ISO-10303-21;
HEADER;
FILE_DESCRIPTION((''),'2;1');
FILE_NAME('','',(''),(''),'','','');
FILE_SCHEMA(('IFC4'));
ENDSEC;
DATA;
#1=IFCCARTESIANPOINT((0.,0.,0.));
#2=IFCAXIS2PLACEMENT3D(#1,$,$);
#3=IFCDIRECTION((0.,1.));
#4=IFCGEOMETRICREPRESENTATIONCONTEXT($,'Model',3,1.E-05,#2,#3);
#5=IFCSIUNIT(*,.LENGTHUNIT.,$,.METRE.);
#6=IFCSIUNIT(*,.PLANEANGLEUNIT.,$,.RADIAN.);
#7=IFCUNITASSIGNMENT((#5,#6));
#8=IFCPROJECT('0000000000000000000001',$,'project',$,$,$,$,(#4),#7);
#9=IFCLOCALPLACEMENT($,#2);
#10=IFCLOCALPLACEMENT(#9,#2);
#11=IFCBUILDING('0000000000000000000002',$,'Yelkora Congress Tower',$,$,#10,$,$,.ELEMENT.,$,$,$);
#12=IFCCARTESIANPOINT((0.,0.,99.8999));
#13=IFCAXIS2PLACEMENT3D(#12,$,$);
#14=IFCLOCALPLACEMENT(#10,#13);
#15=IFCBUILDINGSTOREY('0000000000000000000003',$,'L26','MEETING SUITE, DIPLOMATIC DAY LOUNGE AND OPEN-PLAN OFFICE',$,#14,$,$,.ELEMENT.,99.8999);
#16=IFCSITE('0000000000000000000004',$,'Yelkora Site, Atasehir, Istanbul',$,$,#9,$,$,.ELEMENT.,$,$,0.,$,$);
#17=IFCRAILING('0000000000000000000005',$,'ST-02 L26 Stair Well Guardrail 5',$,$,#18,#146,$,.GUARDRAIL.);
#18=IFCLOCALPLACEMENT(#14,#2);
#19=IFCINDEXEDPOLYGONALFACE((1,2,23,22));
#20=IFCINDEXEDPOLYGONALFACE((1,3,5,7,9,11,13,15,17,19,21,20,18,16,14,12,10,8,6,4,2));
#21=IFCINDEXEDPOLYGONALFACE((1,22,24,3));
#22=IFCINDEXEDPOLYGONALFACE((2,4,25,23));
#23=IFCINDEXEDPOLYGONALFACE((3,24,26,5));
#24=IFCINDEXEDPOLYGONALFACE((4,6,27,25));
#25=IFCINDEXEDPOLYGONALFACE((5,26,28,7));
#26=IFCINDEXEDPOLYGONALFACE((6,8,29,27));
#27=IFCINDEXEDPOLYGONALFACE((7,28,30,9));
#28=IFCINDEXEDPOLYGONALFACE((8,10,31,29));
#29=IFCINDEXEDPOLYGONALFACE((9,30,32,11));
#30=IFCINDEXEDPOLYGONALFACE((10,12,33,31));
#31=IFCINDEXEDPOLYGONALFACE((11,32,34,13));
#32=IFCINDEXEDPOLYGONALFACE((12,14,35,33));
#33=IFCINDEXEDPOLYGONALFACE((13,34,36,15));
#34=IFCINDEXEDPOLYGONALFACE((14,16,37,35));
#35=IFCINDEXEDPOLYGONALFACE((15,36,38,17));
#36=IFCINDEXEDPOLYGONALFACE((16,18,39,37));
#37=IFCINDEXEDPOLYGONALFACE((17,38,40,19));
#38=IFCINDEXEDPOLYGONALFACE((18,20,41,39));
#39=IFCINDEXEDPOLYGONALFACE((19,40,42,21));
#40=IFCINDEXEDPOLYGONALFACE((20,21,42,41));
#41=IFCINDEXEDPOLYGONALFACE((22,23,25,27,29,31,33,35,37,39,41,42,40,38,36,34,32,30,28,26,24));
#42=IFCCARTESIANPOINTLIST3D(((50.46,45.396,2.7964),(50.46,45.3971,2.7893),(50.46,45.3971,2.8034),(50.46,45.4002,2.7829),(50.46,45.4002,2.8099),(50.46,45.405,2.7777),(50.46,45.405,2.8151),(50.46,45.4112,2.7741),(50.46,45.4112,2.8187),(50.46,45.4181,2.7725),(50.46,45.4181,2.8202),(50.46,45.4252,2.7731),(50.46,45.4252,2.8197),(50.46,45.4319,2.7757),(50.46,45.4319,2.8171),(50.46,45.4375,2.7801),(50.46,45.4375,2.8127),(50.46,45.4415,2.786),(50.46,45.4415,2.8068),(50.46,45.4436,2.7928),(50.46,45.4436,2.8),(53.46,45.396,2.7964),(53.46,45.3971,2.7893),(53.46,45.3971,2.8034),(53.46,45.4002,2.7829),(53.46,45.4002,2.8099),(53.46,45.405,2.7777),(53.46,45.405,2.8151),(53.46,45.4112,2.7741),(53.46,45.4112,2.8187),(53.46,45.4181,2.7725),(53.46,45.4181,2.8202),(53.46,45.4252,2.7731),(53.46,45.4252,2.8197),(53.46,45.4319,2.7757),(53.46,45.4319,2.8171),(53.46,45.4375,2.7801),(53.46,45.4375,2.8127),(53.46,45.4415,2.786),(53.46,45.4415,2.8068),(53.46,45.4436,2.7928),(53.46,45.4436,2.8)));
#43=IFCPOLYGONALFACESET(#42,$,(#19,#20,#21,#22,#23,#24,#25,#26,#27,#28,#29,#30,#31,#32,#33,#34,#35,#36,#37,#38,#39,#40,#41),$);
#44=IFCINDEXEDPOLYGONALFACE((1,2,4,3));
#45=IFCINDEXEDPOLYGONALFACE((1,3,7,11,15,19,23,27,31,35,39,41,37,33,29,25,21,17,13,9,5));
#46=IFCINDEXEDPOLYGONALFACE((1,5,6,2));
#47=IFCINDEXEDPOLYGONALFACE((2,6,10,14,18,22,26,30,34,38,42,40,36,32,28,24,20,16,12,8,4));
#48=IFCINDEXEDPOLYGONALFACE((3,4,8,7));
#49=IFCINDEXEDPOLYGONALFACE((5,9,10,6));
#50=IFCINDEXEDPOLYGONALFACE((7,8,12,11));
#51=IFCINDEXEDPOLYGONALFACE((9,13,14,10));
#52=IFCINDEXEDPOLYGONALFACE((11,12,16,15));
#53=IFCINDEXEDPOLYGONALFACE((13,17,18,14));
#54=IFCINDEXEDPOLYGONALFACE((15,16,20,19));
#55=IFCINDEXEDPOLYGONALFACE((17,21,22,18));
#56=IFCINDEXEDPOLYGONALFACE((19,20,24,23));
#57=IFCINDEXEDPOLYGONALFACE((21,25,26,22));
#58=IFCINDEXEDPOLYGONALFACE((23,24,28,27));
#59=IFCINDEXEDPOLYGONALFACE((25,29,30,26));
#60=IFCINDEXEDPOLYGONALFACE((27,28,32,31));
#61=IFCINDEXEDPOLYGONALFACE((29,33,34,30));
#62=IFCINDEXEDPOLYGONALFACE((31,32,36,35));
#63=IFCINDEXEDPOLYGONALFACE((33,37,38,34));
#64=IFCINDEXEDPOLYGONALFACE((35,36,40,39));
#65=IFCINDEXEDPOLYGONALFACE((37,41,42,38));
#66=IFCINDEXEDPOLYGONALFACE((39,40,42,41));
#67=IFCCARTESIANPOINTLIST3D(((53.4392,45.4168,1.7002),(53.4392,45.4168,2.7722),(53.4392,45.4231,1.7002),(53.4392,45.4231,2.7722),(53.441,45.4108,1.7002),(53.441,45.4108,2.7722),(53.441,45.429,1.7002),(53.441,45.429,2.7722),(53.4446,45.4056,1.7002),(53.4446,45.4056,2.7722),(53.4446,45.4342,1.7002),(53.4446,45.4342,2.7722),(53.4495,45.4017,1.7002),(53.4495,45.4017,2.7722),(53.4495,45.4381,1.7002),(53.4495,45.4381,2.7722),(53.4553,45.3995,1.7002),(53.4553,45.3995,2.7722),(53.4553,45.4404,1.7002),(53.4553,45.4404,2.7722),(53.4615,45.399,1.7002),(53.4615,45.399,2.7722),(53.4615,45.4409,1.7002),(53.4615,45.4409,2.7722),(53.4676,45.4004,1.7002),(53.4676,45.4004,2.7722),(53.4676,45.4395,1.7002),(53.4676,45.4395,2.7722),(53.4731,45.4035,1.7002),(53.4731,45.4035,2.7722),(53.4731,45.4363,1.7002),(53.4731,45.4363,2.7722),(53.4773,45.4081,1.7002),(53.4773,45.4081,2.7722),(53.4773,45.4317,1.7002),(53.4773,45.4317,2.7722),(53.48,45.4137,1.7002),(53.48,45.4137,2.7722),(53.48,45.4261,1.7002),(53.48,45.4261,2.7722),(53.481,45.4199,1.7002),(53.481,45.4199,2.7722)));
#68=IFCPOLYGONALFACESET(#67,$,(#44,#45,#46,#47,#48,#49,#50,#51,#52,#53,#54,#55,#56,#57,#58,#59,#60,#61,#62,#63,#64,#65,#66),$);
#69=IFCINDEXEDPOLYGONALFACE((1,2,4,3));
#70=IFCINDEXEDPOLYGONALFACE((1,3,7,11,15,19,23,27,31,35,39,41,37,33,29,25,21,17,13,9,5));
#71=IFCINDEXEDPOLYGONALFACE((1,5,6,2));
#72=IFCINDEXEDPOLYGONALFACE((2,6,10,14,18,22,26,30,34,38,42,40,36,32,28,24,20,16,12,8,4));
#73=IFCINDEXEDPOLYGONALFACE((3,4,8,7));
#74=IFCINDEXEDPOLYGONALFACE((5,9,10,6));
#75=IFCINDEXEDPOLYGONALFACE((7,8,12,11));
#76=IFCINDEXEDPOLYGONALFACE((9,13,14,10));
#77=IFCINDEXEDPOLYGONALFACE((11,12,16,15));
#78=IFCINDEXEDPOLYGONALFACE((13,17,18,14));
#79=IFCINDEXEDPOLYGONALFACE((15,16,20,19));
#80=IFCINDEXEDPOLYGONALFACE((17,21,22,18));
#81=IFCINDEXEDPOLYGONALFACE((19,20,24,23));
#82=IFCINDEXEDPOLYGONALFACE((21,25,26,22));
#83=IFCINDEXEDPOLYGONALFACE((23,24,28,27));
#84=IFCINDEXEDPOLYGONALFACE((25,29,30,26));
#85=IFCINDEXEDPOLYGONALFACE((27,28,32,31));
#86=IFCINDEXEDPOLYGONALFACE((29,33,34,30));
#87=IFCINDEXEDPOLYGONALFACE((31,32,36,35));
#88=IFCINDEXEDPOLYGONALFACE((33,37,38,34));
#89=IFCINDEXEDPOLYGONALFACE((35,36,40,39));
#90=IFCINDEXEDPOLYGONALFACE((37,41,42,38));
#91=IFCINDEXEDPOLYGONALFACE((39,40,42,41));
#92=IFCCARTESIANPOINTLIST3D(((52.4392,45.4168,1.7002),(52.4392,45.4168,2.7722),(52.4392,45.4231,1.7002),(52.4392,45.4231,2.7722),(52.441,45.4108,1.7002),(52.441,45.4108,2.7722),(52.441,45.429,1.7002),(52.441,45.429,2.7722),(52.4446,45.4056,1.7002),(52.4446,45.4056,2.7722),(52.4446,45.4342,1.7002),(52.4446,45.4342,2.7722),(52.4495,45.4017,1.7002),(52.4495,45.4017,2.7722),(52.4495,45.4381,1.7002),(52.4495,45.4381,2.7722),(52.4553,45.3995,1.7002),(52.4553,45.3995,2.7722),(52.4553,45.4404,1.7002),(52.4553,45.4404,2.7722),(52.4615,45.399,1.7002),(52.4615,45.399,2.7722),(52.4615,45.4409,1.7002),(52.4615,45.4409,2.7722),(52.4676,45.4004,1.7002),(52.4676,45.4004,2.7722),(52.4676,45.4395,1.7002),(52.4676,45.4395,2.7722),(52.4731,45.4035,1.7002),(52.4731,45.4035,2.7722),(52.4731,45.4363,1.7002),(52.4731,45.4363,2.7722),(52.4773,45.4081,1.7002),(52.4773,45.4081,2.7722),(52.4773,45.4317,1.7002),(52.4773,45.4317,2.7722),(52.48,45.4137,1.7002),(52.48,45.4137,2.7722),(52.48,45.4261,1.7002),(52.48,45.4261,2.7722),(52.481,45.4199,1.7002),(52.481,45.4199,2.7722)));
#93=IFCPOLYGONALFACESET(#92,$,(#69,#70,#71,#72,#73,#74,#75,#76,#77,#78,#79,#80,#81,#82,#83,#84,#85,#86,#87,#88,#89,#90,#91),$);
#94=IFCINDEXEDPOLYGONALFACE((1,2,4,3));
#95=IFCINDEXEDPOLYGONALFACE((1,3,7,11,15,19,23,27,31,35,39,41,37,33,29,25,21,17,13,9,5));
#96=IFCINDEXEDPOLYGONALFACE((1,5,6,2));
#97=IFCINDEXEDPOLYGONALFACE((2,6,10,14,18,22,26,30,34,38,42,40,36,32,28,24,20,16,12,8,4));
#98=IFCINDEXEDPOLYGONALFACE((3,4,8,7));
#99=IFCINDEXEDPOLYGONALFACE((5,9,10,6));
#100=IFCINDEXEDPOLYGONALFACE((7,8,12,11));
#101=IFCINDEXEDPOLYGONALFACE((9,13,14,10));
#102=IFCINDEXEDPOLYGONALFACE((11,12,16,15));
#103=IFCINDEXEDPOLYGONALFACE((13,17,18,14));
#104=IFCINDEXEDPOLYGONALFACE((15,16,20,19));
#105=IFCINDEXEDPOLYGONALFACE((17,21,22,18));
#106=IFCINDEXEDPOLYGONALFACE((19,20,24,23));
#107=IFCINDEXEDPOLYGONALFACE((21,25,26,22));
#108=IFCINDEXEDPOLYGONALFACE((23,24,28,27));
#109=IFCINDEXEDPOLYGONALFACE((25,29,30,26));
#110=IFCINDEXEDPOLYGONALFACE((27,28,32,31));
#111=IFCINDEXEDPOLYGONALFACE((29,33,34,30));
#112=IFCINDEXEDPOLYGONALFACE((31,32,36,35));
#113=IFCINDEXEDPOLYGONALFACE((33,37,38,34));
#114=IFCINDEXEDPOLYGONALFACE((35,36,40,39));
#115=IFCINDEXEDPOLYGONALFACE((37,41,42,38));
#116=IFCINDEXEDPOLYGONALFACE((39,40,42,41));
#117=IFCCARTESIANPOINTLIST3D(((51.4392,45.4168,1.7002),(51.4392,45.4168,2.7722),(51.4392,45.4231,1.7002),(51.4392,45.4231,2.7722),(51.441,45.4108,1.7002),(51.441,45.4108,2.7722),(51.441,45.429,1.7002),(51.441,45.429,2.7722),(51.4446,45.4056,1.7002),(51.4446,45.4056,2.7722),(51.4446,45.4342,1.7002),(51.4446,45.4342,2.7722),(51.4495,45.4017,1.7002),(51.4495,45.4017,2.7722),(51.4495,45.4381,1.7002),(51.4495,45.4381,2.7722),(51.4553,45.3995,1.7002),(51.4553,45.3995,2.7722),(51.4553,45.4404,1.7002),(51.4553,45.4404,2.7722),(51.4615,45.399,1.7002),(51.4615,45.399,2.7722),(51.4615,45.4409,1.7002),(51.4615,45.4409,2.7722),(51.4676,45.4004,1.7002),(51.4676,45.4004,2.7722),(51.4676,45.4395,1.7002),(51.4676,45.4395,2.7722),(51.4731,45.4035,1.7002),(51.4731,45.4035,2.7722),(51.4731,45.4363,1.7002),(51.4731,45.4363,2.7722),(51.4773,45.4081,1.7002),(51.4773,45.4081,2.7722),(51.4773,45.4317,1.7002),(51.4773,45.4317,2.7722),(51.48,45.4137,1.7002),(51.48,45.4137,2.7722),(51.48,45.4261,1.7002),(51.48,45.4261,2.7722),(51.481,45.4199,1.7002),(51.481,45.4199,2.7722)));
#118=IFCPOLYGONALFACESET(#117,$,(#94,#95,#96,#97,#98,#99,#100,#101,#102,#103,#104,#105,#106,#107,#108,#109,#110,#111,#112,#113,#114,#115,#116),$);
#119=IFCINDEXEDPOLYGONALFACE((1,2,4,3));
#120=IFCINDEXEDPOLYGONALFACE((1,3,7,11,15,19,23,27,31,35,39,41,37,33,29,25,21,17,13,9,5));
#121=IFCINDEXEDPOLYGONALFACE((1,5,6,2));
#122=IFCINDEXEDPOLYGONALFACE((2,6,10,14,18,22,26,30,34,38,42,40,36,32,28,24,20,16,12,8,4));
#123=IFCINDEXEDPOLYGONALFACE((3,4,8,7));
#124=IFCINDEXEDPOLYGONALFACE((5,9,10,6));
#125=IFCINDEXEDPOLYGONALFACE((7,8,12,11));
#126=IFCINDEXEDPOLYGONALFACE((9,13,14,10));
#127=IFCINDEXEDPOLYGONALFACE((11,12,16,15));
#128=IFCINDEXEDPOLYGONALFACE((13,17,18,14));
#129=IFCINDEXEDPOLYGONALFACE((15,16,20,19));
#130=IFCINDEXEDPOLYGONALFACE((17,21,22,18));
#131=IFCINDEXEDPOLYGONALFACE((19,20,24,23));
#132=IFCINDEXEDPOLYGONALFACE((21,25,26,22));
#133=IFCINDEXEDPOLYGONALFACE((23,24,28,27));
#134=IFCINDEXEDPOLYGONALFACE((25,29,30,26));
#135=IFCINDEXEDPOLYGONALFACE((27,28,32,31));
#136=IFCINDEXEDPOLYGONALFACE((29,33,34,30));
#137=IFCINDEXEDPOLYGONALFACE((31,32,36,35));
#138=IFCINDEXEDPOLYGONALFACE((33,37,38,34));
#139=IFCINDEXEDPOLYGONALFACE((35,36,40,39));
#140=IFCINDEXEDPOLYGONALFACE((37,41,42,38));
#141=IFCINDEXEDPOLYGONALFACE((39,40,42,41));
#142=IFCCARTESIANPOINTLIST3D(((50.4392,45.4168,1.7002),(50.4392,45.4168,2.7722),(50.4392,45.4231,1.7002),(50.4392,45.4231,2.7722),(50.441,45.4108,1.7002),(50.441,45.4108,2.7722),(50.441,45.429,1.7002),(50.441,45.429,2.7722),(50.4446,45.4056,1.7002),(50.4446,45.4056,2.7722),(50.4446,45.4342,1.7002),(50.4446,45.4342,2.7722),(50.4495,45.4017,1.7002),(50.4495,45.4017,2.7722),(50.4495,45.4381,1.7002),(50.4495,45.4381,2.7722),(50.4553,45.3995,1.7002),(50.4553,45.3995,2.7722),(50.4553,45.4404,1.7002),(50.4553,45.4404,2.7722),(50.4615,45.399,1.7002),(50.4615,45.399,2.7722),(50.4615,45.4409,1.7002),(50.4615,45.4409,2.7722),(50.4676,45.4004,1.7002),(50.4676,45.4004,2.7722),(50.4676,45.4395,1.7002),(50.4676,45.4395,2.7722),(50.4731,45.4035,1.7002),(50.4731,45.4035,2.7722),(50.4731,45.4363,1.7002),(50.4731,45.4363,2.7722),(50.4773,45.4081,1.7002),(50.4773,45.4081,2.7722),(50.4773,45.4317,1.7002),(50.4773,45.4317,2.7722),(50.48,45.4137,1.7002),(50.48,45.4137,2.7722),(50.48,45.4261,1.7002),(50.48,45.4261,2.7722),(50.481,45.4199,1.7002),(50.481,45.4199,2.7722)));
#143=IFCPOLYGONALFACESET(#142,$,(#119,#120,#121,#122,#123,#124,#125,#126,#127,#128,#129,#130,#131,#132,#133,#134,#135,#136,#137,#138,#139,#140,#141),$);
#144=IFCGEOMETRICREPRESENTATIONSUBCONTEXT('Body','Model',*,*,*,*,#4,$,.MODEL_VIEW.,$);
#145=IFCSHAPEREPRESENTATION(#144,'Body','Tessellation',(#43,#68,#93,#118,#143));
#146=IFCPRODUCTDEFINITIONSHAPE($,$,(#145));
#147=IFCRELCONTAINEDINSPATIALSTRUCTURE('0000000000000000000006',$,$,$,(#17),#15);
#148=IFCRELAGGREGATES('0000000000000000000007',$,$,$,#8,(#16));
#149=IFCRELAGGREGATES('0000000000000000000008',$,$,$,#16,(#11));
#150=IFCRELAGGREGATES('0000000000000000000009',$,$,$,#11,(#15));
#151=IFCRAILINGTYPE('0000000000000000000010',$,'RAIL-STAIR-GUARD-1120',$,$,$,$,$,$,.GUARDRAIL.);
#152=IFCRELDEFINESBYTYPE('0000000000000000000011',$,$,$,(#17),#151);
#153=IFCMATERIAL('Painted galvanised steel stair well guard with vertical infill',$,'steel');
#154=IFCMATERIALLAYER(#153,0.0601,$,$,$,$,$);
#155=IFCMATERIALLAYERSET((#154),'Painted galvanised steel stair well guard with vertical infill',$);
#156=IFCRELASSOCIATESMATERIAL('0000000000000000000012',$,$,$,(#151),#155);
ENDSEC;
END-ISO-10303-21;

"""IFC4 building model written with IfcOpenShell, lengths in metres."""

from ifc_helpers import new_model, si_unit, direction, frame, origin, origin_2d, place, context, subcontext, project, spatial, circle, extrude, material, layer, layer_set, type_object, element, save


model = new_model("IFC4")

# Units and contexts
model_context = context("Model", 3, precision=1e-05, world=origin(), true_north=direction((0.0, 1.0)))
body_context = subcontext(model_context, "Body", "Model", "MODEL_VIEW")
ifc_project = project(units=[si_unit("LENGTHUNIT", "METRE"), si_unit("PLANEANGLEUNIT", "RADIAN")], contexts=[model_context])

# Site, building, storey
site_placement = place(None, origin())
site = spatial("IfcSite", under=ifc_project, at=site_placement, Name="Yelkora Site, Atasehir, Istanbul", CompositionType="ELEMENT", RefElevation=0.0)
building_placement = place(site_placement, origin())
building = spatial("IfcBuilding", under=site, at=building_placement, Name="Yelkora Congress Tower", CompositionType="ELEMENT")
storey_placement = place(building_placement, frame((0.0, 0.0, 99.8999)))
storey = spatial("IfcBuildingStorey", under=building, at=storey_placement, Name="L26", Description="MEETING SUITE, DIPLOMATIC DAY LOUNGE AND OPEN-PLAN OFFICE", CompositionType="ELEMENT", Elevation=99.8999)

# Railing
ifc_material_1 = material(Name="Painted galvanised steel stair well guard with vertical infill", Category="steel")
ifc_layer_1 = layer(ifc_material_1, 0.0601)
ifc_layer_set_1 = layer_set([ifc_layer_1], Name="Painted galvanised steel stair well guard with vertical infill")
railing_type_1 = type_object("IfcRailingType", Name="RAIL-STAIR-GUARD-1120", PredefinedType="GUARDRAIL", material=ifc_layer_set_1)
railing_1_placement = place(storey_placement, frame((53.46, 45.4199, 1.7002)))
element("IfcRailing", 1, at=railing_1_placement, inside=storey, type_object=railing_type_1, Name="ST-02 L26 Stair Well Guardrail 5", PredefinedType="GUARDRAIL", context=body_context, shape_type="SweptSolid", body=[
    extrude(circle(Radius=0.0239, at=origin_2d()), frame((0.0, 0.0, 1.0962), z_axis=(-1.0, 0.0, 0.0), x_axis=(0.0, -1.0, 0.0)), (0.0, 0.0, 1.0), 3.0),
    extrude(circle(Radius=0.021, at=origin_2d()), origin(), (0.0, 0.0, 1.0), 1.072),
    extrude(circle(Radius=0.021, at=origin_2d()), frame((-1.0, 0.0, 0.0)), (0.0, 0.0, 1.0), 1.072),
    extrude(circle(Radius=0.021, at=origin_2d()), frame((-2.0, 0.0, 0.0)), (0.0, 0.0, 1.0), 1.072),
    extrude(circle(Radius=0.021, at=origin_2d()), frame((-3.0, 0.0, 0.0)), (0.0, 0.0, 1.0), 1.072),
])

save(model, "model.ifc")
